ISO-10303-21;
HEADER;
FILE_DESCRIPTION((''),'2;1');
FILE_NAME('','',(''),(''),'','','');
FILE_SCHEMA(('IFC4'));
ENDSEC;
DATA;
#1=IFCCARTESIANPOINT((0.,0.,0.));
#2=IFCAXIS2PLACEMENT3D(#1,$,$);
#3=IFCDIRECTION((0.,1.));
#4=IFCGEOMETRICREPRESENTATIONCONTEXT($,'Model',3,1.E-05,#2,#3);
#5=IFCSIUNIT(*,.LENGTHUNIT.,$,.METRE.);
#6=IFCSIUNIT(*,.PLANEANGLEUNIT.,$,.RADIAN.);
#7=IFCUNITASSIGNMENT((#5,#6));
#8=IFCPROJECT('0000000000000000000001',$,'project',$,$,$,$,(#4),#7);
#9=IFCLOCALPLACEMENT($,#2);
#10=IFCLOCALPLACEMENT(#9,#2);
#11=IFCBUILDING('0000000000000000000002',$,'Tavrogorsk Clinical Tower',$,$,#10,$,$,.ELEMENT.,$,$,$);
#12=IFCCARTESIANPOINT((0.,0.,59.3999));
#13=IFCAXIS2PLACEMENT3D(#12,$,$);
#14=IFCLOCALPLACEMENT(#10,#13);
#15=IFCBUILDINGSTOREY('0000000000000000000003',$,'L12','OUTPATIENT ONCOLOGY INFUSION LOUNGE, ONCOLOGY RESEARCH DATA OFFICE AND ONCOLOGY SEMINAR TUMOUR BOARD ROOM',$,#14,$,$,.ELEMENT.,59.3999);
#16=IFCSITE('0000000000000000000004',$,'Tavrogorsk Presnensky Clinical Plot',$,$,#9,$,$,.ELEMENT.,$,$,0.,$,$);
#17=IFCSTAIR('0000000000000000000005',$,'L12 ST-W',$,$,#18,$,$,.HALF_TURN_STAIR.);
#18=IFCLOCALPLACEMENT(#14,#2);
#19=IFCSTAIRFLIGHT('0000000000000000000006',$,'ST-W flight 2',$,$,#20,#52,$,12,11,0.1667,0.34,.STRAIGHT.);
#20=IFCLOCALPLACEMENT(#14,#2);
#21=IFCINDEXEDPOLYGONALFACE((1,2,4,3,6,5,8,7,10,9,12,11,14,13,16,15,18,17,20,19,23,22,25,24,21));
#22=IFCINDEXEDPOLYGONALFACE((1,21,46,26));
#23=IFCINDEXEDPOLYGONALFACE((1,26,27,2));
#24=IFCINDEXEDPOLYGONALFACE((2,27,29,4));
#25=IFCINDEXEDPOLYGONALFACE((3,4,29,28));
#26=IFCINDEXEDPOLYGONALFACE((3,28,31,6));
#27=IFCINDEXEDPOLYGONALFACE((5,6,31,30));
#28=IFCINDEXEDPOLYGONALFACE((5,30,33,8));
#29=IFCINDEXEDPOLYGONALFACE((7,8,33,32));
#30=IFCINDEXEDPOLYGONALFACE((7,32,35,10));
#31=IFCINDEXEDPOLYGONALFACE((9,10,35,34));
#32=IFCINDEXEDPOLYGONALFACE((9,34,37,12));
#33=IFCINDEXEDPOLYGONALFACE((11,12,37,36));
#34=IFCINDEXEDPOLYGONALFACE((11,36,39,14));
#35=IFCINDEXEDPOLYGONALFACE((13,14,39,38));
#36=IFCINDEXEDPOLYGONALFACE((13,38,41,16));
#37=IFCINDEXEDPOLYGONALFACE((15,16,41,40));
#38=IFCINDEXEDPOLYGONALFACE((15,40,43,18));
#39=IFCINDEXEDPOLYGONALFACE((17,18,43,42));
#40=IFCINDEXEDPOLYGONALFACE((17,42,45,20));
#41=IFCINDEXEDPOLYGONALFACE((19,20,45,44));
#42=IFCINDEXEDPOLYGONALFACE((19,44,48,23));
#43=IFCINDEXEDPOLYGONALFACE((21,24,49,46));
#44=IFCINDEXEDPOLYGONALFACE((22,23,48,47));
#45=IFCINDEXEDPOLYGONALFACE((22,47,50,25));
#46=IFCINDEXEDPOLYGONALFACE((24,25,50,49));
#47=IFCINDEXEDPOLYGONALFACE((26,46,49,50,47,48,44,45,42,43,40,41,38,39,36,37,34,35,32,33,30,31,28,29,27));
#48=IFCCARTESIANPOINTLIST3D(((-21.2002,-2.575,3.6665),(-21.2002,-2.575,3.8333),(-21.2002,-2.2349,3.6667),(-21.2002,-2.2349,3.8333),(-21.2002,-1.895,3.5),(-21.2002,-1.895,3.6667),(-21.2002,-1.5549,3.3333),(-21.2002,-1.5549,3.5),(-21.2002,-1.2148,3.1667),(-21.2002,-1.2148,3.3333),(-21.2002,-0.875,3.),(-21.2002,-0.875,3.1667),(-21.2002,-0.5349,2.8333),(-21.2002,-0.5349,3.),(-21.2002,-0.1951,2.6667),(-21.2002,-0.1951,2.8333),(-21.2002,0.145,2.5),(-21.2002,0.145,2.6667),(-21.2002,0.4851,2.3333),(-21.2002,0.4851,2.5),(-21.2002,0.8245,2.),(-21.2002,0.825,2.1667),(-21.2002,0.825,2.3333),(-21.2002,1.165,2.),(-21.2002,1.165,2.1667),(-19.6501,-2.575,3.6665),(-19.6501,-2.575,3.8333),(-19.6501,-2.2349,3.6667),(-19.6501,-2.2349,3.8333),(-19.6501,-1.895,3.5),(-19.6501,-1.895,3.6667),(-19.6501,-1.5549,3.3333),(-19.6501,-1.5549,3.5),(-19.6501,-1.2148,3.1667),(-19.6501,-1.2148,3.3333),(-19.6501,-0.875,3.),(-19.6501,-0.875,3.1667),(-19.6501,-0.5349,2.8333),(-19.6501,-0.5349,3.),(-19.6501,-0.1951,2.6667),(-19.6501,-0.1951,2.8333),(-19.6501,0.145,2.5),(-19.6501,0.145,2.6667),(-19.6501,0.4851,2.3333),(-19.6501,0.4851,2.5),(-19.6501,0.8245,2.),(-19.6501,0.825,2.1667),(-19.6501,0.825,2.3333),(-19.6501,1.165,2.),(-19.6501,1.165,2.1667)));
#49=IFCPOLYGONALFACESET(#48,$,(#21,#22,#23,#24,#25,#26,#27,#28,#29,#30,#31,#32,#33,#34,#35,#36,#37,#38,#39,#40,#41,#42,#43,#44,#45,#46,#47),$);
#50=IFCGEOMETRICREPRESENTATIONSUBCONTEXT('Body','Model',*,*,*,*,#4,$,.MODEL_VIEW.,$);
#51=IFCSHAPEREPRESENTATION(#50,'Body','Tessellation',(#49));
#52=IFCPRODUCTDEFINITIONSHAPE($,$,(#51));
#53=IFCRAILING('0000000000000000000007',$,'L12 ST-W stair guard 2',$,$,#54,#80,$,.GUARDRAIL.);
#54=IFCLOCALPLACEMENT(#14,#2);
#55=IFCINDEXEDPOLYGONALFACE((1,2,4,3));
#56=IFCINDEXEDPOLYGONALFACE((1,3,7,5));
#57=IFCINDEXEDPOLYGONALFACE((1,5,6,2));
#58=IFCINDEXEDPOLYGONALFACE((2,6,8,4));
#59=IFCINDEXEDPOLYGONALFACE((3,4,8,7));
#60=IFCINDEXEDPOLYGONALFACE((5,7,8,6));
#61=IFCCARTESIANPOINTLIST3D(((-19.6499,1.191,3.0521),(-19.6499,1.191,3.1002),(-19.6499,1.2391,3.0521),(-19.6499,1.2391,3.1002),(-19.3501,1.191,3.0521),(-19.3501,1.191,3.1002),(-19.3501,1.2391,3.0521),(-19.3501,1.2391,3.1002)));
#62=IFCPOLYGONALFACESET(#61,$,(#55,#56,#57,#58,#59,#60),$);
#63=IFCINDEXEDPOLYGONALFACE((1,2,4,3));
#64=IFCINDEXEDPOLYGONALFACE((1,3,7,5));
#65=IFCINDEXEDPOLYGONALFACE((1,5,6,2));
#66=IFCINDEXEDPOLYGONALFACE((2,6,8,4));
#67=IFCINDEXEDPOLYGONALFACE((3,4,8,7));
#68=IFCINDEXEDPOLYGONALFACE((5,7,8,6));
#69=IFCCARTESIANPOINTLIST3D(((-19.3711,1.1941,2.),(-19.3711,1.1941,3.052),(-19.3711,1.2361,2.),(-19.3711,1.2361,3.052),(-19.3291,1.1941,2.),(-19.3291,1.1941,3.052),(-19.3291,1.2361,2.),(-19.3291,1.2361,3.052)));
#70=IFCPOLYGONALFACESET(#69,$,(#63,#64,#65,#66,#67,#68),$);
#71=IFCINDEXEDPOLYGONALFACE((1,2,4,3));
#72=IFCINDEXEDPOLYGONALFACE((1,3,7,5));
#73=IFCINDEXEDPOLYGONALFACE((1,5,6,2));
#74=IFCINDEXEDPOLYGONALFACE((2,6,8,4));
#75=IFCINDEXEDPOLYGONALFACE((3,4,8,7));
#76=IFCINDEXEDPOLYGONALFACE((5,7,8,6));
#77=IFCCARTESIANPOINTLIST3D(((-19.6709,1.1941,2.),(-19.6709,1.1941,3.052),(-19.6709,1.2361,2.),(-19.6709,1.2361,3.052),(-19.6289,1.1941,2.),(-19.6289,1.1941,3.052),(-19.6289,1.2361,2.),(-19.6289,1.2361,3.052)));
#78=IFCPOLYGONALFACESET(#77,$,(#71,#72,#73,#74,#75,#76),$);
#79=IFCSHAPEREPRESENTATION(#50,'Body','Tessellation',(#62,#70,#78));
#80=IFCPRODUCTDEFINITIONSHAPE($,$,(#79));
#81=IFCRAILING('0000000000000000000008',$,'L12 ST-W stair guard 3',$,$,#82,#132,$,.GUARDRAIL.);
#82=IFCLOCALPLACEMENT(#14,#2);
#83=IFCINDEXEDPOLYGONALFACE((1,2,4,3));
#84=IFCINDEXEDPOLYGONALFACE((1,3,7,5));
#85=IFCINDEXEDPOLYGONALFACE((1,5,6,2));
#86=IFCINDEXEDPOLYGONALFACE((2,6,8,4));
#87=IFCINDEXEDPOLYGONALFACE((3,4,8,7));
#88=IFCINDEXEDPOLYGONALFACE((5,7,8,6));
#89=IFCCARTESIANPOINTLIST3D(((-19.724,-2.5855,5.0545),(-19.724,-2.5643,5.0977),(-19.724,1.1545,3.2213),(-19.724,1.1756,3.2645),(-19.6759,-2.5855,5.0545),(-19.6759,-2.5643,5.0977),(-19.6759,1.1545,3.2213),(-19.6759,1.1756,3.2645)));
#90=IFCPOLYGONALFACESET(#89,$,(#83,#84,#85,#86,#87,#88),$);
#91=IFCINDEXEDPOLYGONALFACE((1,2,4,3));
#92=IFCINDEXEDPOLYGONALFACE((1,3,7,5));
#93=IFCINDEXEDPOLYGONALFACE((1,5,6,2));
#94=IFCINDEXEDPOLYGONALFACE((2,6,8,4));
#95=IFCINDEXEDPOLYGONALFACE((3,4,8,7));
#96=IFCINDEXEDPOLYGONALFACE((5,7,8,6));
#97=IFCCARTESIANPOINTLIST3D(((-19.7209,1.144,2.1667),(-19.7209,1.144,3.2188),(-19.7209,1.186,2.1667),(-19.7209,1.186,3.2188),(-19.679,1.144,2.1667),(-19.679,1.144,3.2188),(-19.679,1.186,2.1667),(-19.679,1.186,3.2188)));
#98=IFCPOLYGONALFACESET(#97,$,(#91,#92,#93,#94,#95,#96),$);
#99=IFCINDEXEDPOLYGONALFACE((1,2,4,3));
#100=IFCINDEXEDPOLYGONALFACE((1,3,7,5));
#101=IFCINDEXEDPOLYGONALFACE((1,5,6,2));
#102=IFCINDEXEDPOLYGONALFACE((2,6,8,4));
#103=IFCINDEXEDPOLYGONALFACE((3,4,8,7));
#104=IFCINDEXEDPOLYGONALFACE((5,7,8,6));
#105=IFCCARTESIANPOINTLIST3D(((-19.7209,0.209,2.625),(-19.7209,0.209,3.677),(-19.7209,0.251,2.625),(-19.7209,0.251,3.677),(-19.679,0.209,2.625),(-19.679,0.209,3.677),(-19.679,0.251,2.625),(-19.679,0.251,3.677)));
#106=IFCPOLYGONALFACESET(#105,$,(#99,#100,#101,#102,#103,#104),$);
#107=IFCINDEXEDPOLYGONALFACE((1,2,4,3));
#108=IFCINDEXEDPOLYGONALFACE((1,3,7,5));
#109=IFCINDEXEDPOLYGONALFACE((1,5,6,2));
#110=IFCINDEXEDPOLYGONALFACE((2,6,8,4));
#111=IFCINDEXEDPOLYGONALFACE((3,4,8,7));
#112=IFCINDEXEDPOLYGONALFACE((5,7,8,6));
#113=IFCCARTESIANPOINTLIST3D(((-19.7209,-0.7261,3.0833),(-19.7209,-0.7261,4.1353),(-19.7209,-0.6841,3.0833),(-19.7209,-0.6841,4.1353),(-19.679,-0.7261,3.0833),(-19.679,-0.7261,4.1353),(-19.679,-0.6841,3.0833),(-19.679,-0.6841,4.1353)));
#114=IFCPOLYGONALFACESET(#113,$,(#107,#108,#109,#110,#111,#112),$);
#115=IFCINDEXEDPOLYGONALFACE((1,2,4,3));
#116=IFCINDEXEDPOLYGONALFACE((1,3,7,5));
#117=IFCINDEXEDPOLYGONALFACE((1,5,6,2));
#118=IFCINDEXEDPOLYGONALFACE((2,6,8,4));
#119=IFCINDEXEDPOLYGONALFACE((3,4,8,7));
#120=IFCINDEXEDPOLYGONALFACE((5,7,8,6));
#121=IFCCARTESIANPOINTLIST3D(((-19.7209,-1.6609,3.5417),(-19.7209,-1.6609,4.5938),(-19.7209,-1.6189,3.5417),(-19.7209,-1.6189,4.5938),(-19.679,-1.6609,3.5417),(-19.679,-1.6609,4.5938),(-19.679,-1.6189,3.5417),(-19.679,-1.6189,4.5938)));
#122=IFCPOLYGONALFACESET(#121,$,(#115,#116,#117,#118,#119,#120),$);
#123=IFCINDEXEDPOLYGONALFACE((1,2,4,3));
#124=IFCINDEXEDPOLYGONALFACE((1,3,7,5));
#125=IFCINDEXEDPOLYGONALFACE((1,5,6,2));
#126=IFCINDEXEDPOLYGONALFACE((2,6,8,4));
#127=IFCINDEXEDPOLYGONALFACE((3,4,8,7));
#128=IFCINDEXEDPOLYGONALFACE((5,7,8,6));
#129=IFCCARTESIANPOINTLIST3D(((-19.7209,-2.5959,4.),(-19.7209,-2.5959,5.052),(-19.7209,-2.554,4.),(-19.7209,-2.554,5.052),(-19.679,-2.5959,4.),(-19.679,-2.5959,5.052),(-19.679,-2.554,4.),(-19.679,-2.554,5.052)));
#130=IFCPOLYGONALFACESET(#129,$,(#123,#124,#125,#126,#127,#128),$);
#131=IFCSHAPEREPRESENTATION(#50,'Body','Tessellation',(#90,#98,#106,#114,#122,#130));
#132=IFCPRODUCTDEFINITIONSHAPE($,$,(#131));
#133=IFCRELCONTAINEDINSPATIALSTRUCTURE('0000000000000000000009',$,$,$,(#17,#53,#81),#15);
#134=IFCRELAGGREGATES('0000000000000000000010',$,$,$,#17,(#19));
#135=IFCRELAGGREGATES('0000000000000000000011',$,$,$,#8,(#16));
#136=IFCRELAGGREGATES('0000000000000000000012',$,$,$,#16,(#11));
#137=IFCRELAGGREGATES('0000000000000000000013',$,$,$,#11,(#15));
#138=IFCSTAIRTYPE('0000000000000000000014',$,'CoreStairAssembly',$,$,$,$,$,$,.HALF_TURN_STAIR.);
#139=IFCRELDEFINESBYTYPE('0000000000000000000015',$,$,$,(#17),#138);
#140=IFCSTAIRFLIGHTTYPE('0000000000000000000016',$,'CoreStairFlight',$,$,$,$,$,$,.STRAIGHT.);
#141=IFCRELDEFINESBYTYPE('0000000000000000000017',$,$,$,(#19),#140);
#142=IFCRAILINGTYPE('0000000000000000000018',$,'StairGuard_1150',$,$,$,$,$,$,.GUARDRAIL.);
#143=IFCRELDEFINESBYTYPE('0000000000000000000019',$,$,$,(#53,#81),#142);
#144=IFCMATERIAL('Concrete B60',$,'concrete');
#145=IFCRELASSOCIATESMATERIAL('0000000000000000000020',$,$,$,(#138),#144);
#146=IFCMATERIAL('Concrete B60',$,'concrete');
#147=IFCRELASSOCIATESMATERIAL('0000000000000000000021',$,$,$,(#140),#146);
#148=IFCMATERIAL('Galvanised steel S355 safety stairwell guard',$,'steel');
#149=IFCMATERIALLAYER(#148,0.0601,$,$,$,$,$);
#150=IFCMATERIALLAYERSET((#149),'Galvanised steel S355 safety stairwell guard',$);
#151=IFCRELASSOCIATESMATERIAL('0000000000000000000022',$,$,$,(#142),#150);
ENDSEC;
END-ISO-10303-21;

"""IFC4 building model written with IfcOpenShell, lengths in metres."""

from ifc_helpers import new_model, si_unit, direction, frame, origin, origin_2d, place, context, subcontext, project, spatial, polyline, rectangle, outline, extrude, material, layer, layer_set, type_object, element, aggregate, save


model = new_model("IFC4")

# Units and contexts
model_context = context("Model", 3, precision=1e-05, world=origin(), true_north=direction((0.0, 1.0)))
body_context = subcontext(model_context, "Body", "Model", "MODEL_VIEW")
ifc_project = project(units=[si_unit("LENGTHUNIT", "METRE"), si_unit("PLANEANGLEUNIT", "RADIAN")], contexts=[model_context])

# Site, building, storey
site_placement = place(None, origin())
site = spatial("IfcSite", under=ifc_project, at=site_placement, Name="Tavrogorsk Presnensky Clinical Plot", CompositionType="ELEMENT", RefElevation=0.0)
building_placement = place(site_placement, origin())
building = spatial("IfcBuilding", under=site, at=building_placement, Name="Tavrogorsk Clinical Tower", CompositionType="ELEMENT")
storey_placement = place(building_placement, frame((0.0, 0.0, 59.3999)))
storey = spatial("IfcBuildingStorey", under=building, at=storey_placement, Name="L12", Description="OUTPATIENT ONCOLOGY INFUSION LOUNGE, ONCOLOGY RESEARCH DATA OFFICE AND ONCOLOGY SEMINAR TUMOUR BOARD ROOM", CompositionType="ELEMENT", Elevation=59.3999)

# Stair, stair flight
ifc_material_1 = material(Name="Concrete B60", Category="concrete")
stair_type = type_object("IfcStairType", Name="CoreStairAssembly", PredefinedType="HALF_TURN_STAIR", material=ifc_material_1)
stair_placement = place(storey_placement, origin())
stair = element("IfcStair", 1, at=stair_placement, inside=storey, type_object=stair_type, Name="L12 ST-W", PredefinedType="HALF_TURN_STAIR")
ifc_material_2 = material(Name="Concrete B60", Category="concrete")
stair_flight_type = type_object("IfcStairFlightType", Name="CoreStairFlight", PredefinedType="STRAIGHT", material=ifc_material_2)
stair_flight_placement = place(storey_placement, frame((-20.425, 1.165, 2.0), z_axis=(0.0, 0.0, 1.0), x_axis=(0.0, -1.0, 0.0)))
stair_flight = element("IfcStairFlight", 2, at=stair_flight_placement, type_object=stair_flight_type, Name="ST-W flight 2", NumberOfRisers=12, NumberOfTreads=11, PredefinedType="STRAIGHT", RiserHeight=0.1667, TreadLength=0.34, context=body_context, shape_type="SweptSolid", body=[
    extrude(outline(polyline([(0.0, 0.0), (0.0, 0.1667), (0.3401, 0.1667), (0.3401, 0.3333), (0.6799, 0.3333), (0.6799, 0.5), (1.02, 0.5), (1.02, 0.6667), (1.3601, 0.6667), (1.3601, 0.8333), (1.7, 0.8333), (1.7, 1.0), (2.04, 1.0), (2.04, 1.1667), (2.3799, 1.1667), (2.3799, 1.3333), (2.72, 1.3333), (2.72, 1.5), (3.0601, 1.5), (3.0601, 1.6667), (3.3999, 1.6667), (3.3999, 1.8333), (3.74, 1.8333), (3.74, 2.0), (3.74, 1.6665), (0.3406, 0.0), (0.0, 0.0)])), frame((0.0, 0.7749, 0.0), z_axis=(0.0, -1.0, 0.0), x_axis=(1.0, 0.0, 0.0)), (0.0, 0.0, 1.0), 1.55),
])
aggregate(stair, [stair_flight])

# Railings
ifc_material_3 = material(Name="Galvanised steel S355 safety stairwell guard", Category="steel")
ifc_layer_1 = layer(ifc_material_3, 0.0601)
ifc_layer_set_1 = layer_set([ifc_layer_1], Name="Galvanised steel S355 safety stairwell guard")
railing_type = type_object("IfcRailingType", Name="StairGuard_1150", PredefinedType="GUARDRAIL", material=ifc_layer_set_1)
railing_1_placement = place(storey_placement, frame((-19.3501, 1.2151, 2.0)))
element("IfcRailing", 3, at=railing_1_placement, inside=storey, type_object=railing_type, Name="L12 ST-W stair guard 2", PredefinedType="GUARDRAIL", context=body_context, shape_type="SweptSolid", body=[
    extrude(rectangle(XDim=0.0481, YDim=0.0481, at=origin_2d()), frame((0.0, 0.0, 1.0762), z_axis=(-1.0, 0.0, 0.0), x_axis=(0.0, -1.0, 0.0)), (0.0, 0.0, 1.0), 0.2998),
    extrude(rectangle(XDim=0.042, YDim=0.042, at=origin_2d()), origin(), (0.0, 0.0, 1.0), 1.052),
    extrude(rectangle(XDim=0.042, YDim=0.042, at=origin_2d()), frame((-0.2998, 0.0, 0.0)), (0.0, 0.0, 1.0), 1.052),
])
railing_2_placement = place(storey_placement, frame((-19.7, 1.165, 2.1667)))
element("IfcRailing", 4, at=railing_2_placement, inside=storey, type_object=railing_type, Name="L12 ST-W stair guard 3", PredefinedType="GUARDRAIL", context=body_context, shape_type="SweptSolid", body=[
    extrude(rectangle(XDim=0.0481, YDim=0.0481, at=origin_2d()), frame((0.0, 0.0, 1.0762), z_axis=(0.0, -0.897928, 0.440142), x_axis=(1.0, 0.0, 0.0)), (0.0, 0.0, 1.0), 4.165),
    extrude(rectangle(XDim=0.042, YDim=0.042, at=origin_2d()), origin(), (0.0, 0.0, 1.0), 1.052),
    extrude(rectangle(XDim=0.042, YDim=0.042, at=origin_2d()), frame((0.0, -0.9351, 0.4583)), (0.0, 0.0, 1.0), 1.052),
    extrude(rectangle(XDim=0.042, YDim=0.042, at=origin_2d()), frame((0.0, -1.8701, 0.9165)), (0.0, 0.0, 1.0), 1.052),
    extrude(rectangle(XDim=0.042, YDim=0.042, at=origin_2d()), frame((0.0, -2.8049, 1.375)), (0.0, 0.0, 1.0), 1.052),
    extrude(rectangle(XDim=0.042, YDim=0.042, at=origin_2d()), frame((0.0, -3.74, 1.8333)), (0.0, 0.0, 1.0), 1.052),
])

save(model, "model.ifc")
